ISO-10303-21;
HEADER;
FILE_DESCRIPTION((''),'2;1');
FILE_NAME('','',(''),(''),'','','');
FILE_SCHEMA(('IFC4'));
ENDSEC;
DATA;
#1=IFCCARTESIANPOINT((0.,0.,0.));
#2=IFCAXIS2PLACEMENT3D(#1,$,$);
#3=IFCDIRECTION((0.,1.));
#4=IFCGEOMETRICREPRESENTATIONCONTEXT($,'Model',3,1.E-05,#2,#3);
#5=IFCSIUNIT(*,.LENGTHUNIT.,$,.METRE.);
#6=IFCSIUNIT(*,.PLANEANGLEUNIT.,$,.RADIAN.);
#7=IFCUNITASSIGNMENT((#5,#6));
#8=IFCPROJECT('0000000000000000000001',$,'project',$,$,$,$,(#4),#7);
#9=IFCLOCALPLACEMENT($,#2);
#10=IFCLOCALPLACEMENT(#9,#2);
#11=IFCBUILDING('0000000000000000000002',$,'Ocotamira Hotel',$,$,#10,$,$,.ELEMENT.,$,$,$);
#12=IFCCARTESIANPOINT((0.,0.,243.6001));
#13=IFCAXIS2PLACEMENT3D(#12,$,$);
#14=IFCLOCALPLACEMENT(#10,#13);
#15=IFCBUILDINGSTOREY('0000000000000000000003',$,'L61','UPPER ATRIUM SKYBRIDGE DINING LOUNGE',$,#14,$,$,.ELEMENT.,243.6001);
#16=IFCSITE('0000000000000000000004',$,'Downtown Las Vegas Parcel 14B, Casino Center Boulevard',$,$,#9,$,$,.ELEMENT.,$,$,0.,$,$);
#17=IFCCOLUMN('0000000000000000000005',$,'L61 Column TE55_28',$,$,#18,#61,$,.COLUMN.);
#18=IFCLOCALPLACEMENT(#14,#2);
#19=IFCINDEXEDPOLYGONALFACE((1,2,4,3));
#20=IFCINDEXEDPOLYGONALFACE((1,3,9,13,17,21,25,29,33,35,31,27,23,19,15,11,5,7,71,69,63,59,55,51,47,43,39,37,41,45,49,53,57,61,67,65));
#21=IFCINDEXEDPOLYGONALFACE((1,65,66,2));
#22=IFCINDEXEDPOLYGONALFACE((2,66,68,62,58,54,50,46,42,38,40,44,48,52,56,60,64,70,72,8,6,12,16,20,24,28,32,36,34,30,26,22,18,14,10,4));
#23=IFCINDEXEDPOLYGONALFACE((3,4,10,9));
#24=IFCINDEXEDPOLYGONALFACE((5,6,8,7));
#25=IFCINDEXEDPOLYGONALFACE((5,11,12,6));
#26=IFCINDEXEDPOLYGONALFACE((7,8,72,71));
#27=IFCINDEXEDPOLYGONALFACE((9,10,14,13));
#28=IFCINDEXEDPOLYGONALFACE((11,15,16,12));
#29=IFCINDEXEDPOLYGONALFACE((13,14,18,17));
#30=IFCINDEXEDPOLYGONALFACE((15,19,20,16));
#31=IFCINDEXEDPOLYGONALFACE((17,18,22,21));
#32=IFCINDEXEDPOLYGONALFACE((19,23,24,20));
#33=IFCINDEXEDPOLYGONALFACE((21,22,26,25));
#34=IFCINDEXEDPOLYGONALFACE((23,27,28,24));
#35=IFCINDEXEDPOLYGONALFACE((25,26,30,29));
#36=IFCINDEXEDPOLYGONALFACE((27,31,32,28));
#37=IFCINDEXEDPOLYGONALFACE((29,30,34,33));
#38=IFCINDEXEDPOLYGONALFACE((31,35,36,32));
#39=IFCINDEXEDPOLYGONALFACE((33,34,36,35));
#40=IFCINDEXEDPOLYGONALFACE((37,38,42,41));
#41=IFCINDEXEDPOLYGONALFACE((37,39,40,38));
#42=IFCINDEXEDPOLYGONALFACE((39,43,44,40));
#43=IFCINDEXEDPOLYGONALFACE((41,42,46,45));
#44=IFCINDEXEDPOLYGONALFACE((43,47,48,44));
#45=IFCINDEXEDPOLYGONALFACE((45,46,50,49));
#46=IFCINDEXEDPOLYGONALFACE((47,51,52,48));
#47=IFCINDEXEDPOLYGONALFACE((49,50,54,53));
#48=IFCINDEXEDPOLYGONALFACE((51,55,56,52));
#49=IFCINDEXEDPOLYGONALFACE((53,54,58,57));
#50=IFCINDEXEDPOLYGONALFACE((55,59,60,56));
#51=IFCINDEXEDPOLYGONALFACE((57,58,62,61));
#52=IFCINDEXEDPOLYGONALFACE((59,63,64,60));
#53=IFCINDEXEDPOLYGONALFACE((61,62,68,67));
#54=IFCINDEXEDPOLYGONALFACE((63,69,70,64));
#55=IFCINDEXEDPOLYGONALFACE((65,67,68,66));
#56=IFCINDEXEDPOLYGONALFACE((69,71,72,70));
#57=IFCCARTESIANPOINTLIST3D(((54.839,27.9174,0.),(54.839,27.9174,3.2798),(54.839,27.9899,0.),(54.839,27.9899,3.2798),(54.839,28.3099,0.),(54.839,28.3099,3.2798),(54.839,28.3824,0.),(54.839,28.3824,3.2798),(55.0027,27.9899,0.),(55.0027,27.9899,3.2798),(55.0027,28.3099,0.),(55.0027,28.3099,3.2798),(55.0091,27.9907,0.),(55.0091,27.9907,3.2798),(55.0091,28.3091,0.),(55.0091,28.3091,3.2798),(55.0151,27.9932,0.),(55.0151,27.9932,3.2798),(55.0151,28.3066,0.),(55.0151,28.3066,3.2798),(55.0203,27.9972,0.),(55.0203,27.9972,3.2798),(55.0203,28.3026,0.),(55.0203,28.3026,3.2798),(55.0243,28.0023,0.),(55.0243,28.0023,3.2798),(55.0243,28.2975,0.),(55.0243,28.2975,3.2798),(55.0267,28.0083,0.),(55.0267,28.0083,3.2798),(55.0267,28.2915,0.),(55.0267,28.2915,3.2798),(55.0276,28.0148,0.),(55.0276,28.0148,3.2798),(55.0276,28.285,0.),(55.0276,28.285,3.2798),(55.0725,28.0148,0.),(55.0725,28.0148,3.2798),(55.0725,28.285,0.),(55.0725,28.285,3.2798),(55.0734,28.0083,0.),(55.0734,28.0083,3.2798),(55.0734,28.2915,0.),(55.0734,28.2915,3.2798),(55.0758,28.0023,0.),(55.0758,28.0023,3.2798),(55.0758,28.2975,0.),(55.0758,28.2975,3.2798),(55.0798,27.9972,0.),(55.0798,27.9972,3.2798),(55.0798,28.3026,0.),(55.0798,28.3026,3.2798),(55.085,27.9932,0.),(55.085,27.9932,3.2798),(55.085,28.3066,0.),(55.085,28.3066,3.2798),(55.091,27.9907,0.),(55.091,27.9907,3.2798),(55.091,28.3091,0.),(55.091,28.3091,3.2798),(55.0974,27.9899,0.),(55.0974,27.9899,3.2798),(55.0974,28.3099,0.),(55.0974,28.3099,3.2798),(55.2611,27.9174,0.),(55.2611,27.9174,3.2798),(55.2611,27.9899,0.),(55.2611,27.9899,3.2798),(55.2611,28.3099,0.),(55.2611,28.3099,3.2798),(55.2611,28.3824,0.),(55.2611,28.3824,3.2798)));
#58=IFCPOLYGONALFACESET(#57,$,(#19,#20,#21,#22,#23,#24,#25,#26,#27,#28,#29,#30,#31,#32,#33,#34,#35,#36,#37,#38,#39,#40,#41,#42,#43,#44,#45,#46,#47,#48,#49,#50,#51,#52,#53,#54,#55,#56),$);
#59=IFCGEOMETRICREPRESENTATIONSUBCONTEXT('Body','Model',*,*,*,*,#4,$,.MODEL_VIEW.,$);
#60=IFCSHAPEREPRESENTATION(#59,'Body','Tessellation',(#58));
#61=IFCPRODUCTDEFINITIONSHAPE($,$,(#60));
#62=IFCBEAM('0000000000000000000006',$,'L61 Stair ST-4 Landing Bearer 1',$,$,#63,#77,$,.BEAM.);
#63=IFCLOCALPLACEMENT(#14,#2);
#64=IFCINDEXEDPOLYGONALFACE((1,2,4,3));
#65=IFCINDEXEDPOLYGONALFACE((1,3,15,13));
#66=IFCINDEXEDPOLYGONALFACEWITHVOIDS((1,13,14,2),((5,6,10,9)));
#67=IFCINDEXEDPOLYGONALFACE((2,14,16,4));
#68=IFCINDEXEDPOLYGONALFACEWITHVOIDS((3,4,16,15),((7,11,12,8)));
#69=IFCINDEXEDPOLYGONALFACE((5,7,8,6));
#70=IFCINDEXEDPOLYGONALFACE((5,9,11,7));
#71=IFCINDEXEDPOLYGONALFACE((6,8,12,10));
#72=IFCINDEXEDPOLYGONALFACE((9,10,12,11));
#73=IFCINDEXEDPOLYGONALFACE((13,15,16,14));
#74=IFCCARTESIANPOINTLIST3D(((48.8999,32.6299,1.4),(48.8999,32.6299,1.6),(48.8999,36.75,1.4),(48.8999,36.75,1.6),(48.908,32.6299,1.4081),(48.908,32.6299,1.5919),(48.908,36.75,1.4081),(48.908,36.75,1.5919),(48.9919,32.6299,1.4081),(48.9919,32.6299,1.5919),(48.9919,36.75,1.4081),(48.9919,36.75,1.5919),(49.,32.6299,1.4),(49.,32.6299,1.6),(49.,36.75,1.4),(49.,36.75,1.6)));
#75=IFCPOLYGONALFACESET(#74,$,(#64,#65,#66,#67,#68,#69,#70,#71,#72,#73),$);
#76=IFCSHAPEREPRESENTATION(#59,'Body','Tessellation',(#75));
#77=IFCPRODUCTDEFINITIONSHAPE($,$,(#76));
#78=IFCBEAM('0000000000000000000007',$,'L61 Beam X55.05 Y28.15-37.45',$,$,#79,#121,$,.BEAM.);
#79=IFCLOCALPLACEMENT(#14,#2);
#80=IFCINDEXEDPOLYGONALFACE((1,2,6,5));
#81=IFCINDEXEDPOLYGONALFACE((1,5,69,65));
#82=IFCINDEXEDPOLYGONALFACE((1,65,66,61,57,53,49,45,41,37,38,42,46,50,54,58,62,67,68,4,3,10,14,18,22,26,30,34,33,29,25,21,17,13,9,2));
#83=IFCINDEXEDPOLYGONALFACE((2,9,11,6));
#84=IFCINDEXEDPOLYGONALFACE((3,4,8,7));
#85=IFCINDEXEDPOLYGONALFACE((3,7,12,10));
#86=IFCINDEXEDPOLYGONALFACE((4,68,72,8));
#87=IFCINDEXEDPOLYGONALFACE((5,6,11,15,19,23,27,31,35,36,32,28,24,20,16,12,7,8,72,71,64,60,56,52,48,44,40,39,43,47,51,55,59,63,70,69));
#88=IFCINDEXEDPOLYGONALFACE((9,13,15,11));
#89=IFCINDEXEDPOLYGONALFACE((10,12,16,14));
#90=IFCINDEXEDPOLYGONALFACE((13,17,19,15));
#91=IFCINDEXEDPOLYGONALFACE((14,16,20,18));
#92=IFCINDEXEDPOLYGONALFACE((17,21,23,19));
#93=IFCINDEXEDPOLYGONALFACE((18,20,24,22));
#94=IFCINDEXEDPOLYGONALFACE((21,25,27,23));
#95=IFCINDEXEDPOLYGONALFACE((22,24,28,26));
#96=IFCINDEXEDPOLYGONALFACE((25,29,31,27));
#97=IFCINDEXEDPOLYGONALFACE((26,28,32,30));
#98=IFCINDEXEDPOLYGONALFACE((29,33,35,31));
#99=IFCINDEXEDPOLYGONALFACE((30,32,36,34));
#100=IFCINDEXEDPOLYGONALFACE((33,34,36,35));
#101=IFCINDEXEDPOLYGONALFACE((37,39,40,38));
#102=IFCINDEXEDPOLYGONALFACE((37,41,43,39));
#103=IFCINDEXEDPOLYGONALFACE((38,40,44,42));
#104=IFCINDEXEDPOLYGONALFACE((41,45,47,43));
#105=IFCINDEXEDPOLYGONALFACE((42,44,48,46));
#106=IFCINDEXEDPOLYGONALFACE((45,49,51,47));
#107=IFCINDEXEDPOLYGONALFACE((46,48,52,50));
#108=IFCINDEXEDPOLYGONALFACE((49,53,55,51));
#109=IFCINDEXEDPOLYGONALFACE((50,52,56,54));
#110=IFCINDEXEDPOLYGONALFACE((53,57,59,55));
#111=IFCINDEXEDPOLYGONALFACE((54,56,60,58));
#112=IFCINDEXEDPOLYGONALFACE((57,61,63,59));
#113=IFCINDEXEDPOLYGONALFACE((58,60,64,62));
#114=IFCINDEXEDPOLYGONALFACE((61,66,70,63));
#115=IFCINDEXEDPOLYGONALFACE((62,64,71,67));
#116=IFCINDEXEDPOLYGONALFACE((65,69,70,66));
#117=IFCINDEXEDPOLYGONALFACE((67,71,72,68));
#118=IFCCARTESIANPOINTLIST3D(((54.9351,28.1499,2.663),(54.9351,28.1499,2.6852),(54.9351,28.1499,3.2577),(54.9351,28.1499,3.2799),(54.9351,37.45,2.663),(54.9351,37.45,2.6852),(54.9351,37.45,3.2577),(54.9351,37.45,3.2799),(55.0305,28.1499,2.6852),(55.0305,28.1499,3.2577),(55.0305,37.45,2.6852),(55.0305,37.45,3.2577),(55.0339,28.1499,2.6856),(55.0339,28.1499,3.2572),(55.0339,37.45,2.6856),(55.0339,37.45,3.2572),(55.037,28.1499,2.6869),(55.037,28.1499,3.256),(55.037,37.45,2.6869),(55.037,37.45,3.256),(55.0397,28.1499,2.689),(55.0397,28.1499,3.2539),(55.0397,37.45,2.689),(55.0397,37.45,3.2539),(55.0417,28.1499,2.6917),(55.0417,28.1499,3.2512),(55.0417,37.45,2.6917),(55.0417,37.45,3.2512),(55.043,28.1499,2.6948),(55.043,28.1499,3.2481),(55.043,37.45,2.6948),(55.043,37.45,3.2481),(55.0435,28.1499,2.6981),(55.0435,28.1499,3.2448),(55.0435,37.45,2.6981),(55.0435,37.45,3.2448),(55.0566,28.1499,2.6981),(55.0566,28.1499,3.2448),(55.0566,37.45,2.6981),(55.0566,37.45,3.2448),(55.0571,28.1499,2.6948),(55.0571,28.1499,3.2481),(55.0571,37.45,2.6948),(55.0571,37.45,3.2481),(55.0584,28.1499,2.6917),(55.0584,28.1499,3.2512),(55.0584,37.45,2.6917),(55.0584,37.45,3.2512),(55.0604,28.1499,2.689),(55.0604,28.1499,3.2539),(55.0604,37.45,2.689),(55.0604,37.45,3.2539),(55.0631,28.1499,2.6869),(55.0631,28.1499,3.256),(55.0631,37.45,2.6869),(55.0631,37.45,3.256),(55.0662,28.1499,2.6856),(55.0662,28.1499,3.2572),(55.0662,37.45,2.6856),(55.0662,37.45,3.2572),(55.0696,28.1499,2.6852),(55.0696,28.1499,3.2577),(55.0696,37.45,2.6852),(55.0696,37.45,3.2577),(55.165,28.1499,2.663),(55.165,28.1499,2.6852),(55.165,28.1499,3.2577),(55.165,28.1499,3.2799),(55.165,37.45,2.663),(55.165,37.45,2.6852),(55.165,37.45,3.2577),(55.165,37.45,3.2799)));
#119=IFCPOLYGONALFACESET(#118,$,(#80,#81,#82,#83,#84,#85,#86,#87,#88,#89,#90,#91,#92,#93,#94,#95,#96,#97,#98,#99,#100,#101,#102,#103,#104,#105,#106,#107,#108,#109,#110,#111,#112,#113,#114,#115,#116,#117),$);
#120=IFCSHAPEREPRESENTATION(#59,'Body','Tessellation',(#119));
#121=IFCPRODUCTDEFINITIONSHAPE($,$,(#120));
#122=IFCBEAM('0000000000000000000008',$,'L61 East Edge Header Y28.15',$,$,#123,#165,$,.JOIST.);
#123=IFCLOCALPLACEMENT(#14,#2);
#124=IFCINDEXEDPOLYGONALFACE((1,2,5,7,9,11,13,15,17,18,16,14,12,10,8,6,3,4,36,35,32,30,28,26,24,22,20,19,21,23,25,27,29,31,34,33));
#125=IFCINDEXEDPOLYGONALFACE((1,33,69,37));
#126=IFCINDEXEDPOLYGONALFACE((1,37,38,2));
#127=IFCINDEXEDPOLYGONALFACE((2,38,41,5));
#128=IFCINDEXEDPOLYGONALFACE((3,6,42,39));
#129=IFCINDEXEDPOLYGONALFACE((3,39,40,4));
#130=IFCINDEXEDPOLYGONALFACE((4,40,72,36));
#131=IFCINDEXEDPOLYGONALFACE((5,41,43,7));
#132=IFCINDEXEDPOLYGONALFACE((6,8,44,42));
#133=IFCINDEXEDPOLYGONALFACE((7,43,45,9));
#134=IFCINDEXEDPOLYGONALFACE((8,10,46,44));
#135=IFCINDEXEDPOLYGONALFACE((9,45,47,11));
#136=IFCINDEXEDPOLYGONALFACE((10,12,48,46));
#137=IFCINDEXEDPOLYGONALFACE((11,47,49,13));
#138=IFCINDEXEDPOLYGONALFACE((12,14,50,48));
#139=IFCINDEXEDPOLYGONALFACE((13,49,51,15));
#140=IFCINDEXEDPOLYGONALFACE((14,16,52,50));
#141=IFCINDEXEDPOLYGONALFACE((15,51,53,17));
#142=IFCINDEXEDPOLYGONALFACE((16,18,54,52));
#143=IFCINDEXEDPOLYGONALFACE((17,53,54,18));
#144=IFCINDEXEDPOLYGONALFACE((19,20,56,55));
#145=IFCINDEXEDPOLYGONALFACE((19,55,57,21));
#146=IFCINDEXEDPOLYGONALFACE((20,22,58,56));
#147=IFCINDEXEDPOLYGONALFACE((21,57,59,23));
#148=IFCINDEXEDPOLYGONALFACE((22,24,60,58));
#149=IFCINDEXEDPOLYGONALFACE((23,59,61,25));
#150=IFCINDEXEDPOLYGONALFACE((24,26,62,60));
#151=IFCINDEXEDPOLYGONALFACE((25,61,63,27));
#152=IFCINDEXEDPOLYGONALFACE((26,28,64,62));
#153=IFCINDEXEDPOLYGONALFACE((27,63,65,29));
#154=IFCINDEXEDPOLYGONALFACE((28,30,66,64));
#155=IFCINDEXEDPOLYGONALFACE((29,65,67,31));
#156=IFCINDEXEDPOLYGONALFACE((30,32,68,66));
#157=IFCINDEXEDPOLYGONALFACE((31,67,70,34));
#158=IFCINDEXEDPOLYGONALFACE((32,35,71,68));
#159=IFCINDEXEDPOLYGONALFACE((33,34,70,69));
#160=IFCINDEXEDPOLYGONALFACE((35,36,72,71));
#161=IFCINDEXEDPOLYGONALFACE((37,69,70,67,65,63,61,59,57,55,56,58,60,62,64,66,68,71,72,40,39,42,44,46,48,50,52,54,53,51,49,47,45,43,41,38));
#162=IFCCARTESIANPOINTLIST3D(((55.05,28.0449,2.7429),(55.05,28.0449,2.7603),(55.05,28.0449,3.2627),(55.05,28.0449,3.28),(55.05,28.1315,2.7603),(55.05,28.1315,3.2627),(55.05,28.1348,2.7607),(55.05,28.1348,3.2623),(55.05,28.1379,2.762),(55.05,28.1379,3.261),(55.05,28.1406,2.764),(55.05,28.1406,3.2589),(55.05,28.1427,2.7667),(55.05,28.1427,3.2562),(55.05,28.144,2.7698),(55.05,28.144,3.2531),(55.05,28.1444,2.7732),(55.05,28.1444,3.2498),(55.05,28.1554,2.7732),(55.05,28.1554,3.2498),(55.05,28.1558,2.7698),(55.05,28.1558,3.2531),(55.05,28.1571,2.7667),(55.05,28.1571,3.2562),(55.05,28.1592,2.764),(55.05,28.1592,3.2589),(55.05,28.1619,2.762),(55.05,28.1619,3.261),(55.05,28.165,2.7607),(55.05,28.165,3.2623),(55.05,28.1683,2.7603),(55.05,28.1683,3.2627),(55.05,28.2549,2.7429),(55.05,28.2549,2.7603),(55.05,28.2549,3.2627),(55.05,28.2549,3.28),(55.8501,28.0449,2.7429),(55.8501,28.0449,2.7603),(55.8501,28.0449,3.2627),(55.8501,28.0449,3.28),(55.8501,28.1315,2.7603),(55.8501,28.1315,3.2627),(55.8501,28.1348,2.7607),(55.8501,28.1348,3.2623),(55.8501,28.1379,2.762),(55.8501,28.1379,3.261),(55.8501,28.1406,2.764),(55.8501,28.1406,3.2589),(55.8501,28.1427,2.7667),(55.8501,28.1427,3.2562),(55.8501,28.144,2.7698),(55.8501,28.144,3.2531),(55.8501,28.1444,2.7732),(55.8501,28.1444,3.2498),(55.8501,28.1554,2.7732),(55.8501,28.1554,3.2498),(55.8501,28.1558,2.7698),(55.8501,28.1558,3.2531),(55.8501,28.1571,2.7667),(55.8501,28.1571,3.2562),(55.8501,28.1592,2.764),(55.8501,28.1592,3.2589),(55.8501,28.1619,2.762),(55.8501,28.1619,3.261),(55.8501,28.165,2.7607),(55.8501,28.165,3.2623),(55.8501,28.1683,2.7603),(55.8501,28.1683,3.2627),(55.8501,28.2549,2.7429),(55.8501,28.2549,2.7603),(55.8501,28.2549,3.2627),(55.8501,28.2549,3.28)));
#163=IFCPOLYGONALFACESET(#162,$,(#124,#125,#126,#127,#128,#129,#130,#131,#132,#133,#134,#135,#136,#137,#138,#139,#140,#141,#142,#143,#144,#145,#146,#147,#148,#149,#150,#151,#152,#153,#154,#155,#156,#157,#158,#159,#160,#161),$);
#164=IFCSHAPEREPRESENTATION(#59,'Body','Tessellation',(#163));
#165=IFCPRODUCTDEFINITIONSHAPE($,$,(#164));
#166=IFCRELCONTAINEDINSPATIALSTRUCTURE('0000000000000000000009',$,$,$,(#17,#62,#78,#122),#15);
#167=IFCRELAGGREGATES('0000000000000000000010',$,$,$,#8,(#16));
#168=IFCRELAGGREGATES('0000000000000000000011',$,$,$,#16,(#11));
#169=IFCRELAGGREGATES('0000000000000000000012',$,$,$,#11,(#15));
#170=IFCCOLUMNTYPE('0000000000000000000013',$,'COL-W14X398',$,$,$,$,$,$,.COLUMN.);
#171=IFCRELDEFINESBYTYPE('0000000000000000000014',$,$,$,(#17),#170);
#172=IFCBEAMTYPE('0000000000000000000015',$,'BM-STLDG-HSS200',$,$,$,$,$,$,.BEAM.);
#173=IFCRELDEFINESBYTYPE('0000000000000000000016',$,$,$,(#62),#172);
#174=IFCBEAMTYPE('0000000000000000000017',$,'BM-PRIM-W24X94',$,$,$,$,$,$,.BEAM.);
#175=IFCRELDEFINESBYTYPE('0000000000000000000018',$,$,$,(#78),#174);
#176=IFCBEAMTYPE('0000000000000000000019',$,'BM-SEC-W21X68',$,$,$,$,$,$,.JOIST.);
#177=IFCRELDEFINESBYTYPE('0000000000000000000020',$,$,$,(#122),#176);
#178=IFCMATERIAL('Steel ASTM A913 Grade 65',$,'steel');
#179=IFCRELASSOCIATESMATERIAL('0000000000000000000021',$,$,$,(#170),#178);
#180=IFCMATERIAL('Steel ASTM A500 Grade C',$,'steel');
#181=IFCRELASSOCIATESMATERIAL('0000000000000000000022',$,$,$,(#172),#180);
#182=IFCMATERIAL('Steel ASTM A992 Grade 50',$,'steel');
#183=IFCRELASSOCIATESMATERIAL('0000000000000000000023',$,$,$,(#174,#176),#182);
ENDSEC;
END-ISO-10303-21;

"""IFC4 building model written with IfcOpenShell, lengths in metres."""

from ifc_helpers import new_model, si_unit, direction, frame, origin, origin_2d, place, context, subcontext, project, spatial, hollow_rectangle, i_section, extrude, source, transform, mapped, material, material_profile, profile_set, type_object, element, save


model = new_model("IFC4")

# Units and contexts
model_context = context("Model", 3, precision=1e-05, world=origin(), true_north=direction((0.0, 1.0)))
body_context = subcontext(model_context, "Body", "Model", "MODEL_VIEW")
ifc_project = project(units=[si_unit("LENGTHUNIT", "METRE"), si_unit("PLANEANGLEUNIT", "RADIAN")], contexts=[model_context])

# Site, building, storey
site_placement = place(None, origin())
site = spatial("IfcSite", under=ifc_project, at=site_placement, Name="Downtown Las Vegas Parcel 14B, Casino Center Boulevard", CompositionType="ELEMENT", RefElevation=0.0)
building_placement = place(site_placement, origin())
building = spatial("IfcBuilding", under=site, at=building_placement, Name="Ocotamira Hotel", CompositionType="ELEMENT")
storey_placement = place(building_placement, frame((0.0, 0.0, 243.6001)))
storey = spatial("IfcBuildingStorey", under=building, at=storey_placement, Name="L61", Description="UPPER ATRIUM SKYBRIDGE DINING LOUNGE", CompositionType="ELEMENT", Elevation=243.6001)

# Column
ifc_material_1 = material(Name="Steel ASTM A913 Grade 65", Category="steel")
ifc_material_profile_1 = material_profile(ifc_material_1, i_section(OverallWidth=0.4221, OverallDepth=0.4651, WebThickness=0.0449, FlangeThickness=0.0725, FilletRadius=0.0249, at=origin_2d()), Name="W14X398")
ifc_profile_set_1 = profile_set([ifc_material_profile_1], Name="Steel ASTM A913 Grade 65")
column_type = type_object("IfcColumnType", Name="COL-W14X398", PredefinedType="COLUMN", material=ifc_profile_set_1)
shared_shape_1 = source(origin(), body_context, "Body", "SweptSolid", [
    extrude(i_section(OverallWidth=0.4221, OverallDepth=0.4651, WebThickness=0.0449, FlangeThickness=0.0725, FilletRadius=0.0249, at=origin_2d()), origin(), (0.0, 0.0, 1.0), 3.2798),
])
column_placement = place(storey_placement, frame((55.05, 28.1499, 0.0), z_axis=(0.0, 0.0, 1.0), x_axis=(1.0, 0.0, 0.0)))
element("IfcColumn", 1, at=column_placement, inside=storey, type_object=column_type, Name="L61 Column TE55_28", PredefinedType="COLUMN", context=body_context, shape_type="MappedRepresentation", body=[
    mapped(shared_shape_1, transform((0.0, 0.0, 0.0), scale=1.0)),
])

# Beams
ifc_material_2 = material(Name="Steel ASTM A500 Grade C", Category="steel")
ifc_material_profile_2 = material_profile(ifc_material_2, hollow_rectangle(XDim=0.1001, YDim=0.2, WallThickness=0.0081, at=origin_2d()), Name="HSS200X100X8")
ifc_profile_set_2 = profile_set([ifc_material_profile_2], Name="Steel ASTM A500 Grade C")
beam_type_1 = type_object("IfcBeamType", Name="BM-STLDG-HSS200", PredefinedType="BEAM", material=ifc_profile_set_2)
shared_shape_2 = source(origin(), body_context, "Body", "SweptSolid", [
    extrude(hollow_rectangle(XDim=0.1001, YDim=0.2, WallThickness=0.0081, at=origin_2d()), origin(), (0.0, 0.0, 1.0), 4.1201),
])
beam_1_placement = place(storey_placement, frame((48.95, 32.6299, 1.5), z_axis=(0.0, 1.0, 0.0), x_axis=(-1.0, 0.0, 0.0)))
element("IfcBeam", 2, at=beam_1_placement, inside=storey, type_object=beam_type_1, Name="L61 Stair ST-4 Landing Bearer 1", PredefinedType="BEAM", context=body_context, shape_type="MappedRepresentation", body=[
    mapped(shared_shape_2, transform((0.0, 0.0, 0.0), scale=1.0)),
])
ifc_material_3 = material(Name="Steel ASTM A992 Grade 50", Category="steel")
ifc_material_profile_3 = material_profile(ifc_material_3, i_section(OverallWidth=0.23, OverallDepth=0.6169, WebThickness=0.0132, FlangeThickness=0.0222, FilletRadius=0.0129, at=origin_2d()), Name="W24X94")
ifc_profile_set_3 = profile_set([ifc_material_profile_3], Name="Steel ASTM A992 Grade 50")
beam_type_2 = type_object("IfcBeamType", Name="BM-PRIM-W24X94", PredefinedType="BEAM", material=ifc_profile_set_3)
shared_shape_3 = source(origin(), body_context, "Body", "SweptSolid", [
    extrude(i_section(OverallWidth=0.23, OverallDepth=0.6169, WebThickness=0.0132, FlangeThickness=0.0222, FilletRadius=0.0129, at=origin_2d()), origin(), (0.0, 0.0, 1.0), 9.3),
])
beam_2_placement = place(storey_placement, frame((55.05, 28.1499, 2.9714), z_axis=(0.0, 1.0, 0.0), x_axis=(-1.0, 0.0, 0.0)))
element("IfcBeam", 3, at=beam_2_placement, inside=storey, type_object=beam_type_2, Name="L61 Beam X55.05 Y28.15-37.45", PredefinedType="BEAM", context=body_context, shape_type="MappedRepresentation", body=[
    mapped(shared_shape_3, transform((0.0, 0.0, 0.0), scale=1.0)),
])
ifc_material_profile_4 = material_profile(ifc_material_3, i_section(OverallWidth=0.21, OverallDepth=0.5371, WebThickness=0.011, FlangeThickness=0.0173, FilletRadius=0.0129, at=origin_2d()), Name="W21X68")
ifc_profile_set_4 = profile_set([ifc_material_profile_4], Name="Steel ASTM A992 Grade 50")
beam_type_3 = type_object("IfcBeamType", Name="BM-SEC-W21X68", PredefinedType="JOIST", material=ifc_profile_set_4)
shared_shape_4 = source(origin(), body_context, "Body", "SweptSolid", [
    extrude(i_section(OverallWidth=0.21, OverallDepth=0.5371, WebThickness=0.011, FlangeThickness=0.0173, FilletRadius=0.0129, at=origin_2d()), origin(), (0.0, 0.0, 1.0), 0.8),
])
beam_3_placement = place(storey_placement, frame((55.05, 28.1499, 3.0115), z_axis=(1.0, 0.0, 0.0), x_axis=(0.0, 1.0, 0.0)))
element("IfcBeam", 4, at=beam_3_placement, inside=storey, type_object=beam_type_3, Name="L61 East Edge Header Y28.15", PredefinedType="JOIST", context=body_context, shape_type="MappedRepresentation", body=[
    mapped(shared_shape_4, transform((0.0, 0.0, 0.0), scale=1.0)),
])

save(model, "model.ifc")
